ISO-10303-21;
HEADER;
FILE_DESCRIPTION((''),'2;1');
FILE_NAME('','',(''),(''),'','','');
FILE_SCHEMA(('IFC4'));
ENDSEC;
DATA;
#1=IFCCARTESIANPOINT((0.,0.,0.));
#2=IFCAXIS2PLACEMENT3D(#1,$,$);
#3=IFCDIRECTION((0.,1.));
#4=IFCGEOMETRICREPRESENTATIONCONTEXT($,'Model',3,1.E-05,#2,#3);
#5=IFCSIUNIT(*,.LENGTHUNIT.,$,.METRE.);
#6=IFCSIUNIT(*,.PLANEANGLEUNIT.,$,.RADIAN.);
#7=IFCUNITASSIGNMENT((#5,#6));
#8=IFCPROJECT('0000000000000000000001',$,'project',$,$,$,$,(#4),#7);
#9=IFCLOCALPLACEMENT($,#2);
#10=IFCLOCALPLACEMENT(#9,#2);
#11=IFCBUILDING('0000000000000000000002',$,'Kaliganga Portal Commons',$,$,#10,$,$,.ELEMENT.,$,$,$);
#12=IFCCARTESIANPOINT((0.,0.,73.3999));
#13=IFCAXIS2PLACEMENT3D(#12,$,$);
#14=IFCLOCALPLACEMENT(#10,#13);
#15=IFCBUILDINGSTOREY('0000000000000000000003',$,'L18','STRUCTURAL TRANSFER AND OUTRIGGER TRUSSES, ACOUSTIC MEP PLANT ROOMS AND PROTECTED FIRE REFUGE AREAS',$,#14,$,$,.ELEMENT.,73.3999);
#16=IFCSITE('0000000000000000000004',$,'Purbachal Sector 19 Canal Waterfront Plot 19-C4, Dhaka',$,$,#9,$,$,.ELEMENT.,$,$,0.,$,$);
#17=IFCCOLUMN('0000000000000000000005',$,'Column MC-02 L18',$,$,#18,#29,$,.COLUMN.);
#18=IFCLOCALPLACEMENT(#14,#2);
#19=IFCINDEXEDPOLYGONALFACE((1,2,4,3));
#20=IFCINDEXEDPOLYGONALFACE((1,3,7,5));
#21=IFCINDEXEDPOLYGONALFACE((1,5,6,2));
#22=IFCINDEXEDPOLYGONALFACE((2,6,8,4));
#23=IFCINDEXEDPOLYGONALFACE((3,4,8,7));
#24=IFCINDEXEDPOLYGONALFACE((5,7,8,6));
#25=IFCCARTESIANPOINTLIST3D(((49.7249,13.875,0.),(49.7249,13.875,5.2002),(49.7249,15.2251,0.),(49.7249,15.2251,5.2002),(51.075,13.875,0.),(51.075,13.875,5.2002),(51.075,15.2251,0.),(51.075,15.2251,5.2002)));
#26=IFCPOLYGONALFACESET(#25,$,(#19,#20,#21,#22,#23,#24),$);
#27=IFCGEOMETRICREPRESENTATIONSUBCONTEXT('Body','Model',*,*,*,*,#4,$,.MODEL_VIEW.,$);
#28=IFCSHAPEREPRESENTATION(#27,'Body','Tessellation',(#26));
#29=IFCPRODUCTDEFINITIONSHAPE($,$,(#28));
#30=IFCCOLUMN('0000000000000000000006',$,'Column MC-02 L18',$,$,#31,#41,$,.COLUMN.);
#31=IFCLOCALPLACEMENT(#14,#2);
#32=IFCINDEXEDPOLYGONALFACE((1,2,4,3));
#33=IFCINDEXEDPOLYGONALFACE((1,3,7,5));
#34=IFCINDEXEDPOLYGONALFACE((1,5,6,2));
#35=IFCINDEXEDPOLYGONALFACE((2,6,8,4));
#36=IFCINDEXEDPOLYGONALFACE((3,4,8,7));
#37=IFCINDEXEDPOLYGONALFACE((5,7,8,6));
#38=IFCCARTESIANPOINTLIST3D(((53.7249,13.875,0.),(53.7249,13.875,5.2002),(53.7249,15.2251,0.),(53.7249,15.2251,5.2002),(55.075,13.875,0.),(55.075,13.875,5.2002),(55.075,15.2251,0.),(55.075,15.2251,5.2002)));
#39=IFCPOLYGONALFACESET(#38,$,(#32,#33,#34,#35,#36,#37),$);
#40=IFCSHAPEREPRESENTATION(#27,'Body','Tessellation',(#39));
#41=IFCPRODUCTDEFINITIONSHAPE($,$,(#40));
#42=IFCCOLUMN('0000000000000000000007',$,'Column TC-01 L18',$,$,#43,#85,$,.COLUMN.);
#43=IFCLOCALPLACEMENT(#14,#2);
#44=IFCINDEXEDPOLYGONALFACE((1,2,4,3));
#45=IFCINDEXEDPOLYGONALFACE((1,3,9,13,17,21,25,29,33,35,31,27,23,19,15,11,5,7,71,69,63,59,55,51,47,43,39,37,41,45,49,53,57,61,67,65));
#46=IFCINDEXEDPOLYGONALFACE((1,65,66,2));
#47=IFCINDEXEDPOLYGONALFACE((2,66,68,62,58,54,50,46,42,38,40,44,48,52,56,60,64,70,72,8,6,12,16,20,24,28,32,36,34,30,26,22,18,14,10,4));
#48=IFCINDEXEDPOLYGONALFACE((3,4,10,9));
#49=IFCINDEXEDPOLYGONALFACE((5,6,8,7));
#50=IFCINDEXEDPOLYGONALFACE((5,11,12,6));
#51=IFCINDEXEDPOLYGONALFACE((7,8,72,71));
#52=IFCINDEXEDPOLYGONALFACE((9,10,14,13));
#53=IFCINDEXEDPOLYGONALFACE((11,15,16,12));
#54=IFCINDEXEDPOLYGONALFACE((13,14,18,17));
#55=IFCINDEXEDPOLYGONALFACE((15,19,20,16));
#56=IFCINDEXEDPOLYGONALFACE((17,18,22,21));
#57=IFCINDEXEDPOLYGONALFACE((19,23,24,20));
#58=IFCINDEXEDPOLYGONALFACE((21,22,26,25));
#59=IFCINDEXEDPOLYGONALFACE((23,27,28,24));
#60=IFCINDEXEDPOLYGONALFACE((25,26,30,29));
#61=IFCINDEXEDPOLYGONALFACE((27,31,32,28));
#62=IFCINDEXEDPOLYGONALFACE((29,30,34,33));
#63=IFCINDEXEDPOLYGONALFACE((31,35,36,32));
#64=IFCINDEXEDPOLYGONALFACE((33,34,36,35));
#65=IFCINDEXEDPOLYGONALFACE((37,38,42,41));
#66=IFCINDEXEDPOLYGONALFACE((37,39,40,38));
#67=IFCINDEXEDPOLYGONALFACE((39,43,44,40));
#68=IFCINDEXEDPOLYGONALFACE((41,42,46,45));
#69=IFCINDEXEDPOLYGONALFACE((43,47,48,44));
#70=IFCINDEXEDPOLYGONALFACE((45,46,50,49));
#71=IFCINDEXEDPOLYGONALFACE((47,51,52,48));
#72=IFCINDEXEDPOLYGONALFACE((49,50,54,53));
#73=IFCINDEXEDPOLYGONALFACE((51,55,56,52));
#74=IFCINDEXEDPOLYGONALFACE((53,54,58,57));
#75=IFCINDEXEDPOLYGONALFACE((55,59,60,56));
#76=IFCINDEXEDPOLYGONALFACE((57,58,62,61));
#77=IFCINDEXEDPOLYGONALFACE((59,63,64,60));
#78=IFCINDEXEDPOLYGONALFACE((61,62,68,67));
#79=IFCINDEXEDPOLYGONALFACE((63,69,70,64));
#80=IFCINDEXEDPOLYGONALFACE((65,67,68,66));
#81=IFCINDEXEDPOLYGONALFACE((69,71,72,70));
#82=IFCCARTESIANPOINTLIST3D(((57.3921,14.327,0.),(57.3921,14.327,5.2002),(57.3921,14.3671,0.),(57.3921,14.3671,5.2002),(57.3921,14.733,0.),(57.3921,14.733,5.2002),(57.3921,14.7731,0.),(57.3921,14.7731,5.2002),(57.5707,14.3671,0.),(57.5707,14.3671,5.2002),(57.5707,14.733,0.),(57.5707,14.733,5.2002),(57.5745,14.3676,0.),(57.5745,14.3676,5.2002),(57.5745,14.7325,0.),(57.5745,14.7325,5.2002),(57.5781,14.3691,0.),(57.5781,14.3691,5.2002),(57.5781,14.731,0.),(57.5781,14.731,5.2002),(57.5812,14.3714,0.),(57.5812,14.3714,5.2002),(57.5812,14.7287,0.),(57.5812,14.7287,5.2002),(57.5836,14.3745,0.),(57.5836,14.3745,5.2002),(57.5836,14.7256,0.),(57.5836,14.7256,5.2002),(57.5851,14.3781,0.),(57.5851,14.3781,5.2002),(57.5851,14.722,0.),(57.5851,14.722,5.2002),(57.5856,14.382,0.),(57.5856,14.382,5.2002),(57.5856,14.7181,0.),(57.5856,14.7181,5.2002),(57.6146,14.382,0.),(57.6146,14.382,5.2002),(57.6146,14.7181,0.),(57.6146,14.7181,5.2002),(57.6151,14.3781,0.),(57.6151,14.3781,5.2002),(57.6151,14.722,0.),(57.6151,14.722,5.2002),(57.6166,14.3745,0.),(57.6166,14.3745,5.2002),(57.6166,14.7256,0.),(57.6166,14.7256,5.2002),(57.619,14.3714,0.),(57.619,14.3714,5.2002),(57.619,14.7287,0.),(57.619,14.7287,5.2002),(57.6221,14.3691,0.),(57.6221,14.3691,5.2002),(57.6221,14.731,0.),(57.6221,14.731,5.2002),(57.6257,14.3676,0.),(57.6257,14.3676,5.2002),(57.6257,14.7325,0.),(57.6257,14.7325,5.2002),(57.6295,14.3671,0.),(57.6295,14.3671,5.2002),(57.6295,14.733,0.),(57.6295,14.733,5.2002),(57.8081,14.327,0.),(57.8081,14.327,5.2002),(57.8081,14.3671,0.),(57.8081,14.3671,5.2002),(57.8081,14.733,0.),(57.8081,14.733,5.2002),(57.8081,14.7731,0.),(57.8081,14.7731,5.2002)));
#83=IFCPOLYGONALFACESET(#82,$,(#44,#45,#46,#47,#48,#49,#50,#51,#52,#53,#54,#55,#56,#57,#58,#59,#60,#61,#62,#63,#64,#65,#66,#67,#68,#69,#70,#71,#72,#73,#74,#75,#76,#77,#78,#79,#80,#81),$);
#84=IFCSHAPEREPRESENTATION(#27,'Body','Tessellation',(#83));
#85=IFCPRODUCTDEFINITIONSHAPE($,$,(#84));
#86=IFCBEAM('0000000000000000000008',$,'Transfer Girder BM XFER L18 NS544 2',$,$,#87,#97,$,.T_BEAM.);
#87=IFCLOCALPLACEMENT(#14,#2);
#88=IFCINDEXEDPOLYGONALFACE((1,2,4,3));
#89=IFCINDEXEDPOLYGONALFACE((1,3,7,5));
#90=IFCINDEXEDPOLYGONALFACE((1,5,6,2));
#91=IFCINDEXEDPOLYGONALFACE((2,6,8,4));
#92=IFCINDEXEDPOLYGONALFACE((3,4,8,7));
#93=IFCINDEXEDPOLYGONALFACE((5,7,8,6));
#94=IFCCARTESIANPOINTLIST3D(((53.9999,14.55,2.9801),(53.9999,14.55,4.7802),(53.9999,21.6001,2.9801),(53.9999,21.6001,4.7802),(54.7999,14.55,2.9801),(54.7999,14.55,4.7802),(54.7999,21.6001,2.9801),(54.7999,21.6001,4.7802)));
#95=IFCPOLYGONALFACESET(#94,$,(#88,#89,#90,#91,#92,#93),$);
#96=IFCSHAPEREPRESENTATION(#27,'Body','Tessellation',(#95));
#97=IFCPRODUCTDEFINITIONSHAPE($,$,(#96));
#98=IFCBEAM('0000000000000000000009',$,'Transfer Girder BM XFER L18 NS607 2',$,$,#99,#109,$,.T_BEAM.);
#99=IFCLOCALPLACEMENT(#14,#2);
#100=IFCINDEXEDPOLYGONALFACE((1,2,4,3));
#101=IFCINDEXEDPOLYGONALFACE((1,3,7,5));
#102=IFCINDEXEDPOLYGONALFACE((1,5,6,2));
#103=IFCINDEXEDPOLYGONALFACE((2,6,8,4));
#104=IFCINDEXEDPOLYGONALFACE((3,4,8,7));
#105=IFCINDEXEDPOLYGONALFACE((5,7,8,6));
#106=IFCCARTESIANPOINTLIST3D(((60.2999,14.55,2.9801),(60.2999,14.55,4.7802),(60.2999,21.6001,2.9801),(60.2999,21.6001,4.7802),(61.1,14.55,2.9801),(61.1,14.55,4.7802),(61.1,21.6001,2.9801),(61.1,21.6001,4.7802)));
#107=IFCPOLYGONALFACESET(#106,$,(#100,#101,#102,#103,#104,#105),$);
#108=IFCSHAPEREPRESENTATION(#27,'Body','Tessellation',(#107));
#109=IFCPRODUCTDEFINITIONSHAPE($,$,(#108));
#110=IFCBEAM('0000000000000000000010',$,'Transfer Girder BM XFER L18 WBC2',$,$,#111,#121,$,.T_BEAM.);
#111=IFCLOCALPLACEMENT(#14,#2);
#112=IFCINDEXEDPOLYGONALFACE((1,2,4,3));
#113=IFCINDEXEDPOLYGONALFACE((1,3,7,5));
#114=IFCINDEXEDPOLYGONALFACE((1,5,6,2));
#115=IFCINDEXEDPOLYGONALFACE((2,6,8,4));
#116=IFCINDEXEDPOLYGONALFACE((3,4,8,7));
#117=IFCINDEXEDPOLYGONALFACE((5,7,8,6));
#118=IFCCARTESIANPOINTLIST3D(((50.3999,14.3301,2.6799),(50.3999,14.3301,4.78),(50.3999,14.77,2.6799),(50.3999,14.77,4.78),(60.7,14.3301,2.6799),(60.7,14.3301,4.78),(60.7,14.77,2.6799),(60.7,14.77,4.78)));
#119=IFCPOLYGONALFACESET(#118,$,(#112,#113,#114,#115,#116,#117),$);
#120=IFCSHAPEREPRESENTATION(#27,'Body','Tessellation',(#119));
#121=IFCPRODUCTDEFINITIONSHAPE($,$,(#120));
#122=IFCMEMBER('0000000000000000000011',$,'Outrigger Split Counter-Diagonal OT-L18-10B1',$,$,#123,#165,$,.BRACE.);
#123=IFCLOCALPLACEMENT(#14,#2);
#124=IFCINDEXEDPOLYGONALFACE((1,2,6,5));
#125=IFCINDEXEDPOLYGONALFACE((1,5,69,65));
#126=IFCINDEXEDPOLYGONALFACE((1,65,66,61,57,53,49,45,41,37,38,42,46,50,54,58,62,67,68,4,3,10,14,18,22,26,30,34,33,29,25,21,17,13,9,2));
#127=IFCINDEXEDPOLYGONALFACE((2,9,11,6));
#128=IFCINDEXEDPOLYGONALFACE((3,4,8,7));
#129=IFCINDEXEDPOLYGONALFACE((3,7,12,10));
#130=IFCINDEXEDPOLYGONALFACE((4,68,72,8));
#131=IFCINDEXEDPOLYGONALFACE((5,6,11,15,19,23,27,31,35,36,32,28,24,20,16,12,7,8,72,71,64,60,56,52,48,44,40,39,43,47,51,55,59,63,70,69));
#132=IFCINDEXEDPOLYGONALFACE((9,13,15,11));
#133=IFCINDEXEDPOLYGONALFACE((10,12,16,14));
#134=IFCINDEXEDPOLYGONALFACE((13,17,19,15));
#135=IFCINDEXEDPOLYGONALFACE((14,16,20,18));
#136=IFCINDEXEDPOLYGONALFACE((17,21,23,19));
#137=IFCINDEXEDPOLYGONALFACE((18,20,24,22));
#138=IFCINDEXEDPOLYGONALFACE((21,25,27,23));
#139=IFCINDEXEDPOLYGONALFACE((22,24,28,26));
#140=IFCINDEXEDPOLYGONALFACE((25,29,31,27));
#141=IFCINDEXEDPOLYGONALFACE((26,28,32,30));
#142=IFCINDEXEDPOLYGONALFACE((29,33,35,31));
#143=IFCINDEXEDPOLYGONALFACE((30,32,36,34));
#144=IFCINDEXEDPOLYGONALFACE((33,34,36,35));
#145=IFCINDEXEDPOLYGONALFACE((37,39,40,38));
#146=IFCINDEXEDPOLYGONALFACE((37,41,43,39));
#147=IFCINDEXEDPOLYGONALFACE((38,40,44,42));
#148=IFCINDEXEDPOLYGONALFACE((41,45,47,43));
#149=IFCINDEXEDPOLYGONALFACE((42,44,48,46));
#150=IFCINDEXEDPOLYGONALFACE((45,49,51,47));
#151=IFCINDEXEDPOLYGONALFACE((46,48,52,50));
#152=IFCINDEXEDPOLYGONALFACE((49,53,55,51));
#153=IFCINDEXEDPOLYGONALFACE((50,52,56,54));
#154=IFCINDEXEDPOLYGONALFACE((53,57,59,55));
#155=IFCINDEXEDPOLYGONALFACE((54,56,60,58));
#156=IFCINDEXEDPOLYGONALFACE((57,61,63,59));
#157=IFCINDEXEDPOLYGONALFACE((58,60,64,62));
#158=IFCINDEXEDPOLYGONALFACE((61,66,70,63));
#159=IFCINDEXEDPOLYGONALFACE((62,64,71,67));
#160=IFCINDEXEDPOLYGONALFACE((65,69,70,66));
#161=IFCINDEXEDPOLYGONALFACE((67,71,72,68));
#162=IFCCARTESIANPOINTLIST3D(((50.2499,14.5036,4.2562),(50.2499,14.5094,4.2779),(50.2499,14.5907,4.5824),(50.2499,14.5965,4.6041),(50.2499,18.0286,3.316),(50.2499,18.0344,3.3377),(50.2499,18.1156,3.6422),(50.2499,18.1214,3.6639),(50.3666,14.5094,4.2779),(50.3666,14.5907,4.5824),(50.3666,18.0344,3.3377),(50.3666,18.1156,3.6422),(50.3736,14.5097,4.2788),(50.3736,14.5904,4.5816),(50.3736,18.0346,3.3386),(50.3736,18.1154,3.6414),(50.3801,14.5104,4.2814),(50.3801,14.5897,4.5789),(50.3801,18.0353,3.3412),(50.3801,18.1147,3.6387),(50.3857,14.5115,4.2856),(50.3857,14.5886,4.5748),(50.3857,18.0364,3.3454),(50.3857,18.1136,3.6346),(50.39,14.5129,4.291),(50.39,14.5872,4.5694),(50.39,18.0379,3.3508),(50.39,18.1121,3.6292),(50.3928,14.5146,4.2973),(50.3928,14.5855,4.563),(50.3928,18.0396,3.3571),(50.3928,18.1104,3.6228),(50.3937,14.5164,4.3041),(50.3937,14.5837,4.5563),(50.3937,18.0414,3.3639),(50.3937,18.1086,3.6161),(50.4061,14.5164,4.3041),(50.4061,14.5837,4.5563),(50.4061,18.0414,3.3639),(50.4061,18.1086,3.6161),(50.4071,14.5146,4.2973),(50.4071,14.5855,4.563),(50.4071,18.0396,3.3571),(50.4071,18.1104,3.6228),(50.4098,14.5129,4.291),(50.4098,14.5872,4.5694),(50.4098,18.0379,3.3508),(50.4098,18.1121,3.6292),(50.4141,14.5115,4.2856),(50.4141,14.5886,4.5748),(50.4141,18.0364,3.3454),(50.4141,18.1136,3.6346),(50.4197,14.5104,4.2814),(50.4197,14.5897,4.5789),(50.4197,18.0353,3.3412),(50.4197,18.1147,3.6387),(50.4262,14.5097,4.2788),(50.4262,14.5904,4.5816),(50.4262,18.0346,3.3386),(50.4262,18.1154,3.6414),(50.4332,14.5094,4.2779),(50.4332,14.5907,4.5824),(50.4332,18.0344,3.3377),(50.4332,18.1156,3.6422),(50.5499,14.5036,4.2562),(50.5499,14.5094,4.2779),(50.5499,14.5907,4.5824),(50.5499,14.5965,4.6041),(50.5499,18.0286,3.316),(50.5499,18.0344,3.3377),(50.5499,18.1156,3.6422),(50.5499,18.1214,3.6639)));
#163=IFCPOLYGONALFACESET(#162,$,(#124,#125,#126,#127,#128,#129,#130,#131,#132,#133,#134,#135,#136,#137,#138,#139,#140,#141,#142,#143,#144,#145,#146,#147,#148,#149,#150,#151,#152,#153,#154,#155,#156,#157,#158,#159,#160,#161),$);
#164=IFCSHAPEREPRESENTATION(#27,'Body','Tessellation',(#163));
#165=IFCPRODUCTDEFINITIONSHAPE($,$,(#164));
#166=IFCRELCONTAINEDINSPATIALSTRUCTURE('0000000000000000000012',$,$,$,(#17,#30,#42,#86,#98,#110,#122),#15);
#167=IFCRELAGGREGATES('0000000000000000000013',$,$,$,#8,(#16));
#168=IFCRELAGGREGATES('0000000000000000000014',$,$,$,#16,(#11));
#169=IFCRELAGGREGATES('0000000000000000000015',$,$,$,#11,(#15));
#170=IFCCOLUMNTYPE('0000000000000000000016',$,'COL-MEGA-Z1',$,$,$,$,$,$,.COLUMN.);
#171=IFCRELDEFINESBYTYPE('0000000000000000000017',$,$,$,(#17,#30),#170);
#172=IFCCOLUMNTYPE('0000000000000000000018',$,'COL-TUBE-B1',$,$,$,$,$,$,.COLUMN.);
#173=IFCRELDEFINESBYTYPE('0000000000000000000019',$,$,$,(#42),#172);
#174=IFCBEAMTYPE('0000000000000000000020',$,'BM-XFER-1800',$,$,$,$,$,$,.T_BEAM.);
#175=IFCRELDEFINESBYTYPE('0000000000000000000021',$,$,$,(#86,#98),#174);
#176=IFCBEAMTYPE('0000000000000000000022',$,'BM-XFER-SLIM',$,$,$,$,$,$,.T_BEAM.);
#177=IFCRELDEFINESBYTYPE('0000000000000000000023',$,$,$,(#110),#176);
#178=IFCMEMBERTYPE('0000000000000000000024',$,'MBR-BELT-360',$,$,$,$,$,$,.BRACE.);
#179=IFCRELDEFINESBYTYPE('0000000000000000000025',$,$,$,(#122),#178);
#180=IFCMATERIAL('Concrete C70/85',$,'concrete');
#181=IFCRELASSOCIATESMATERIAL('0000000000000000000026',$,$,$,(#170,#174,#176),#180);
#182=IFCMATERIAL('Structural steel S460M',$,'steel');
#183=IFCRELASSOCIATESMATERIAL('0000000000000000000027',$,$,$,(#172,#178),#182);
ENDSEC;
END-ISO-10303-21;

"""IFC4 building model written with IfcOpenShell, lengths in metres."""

from ifc_helpers import new_model, si_unit, direction, frame, origin, origin_2d, place, context, subcontext, project, spatial, rectangle, i_section, extrude, source, transform, mapped, material, material_profile, profile_set, type_object, element, save


model = new_model("IFC4")

# Units and contexts
model_context = context("Model", 3, precision=1e-05, world=origin(), true_north=direction((0.0, 1.0)))
body_context = subcontext(model_context, "Body", "Model", "MODEL_VIEW")
ifc_project = project(units=[si_unit("LENGTHUNIT", "METRE"), si_unit("PLANEANGLEUNIT", "RADIAN")], contexts=[model_context])

# Site, building, storey
site_placement = place(None, origin())
site = spatial("IfcSite", under=ifc_project, at=site_placement, Name="Purbachal Sector 19 Canal Waterfront Plot 19-C4, Dhaka", CompositionType="ELEMENT", RefElevation=0.0)
building_placement = place(site_placement, origin())
building = spatial("IfcBuilding", under=site, at=building_placement, Name="Kaliganga Portal Commons", CompositionType="ELEMENT")
storey_placement = place(building_placement, frame((0.0, 0.0, 73.3999)))
storey = spatial("IfcBuildingStorey", under=building, at=storey_placement, Name="L18", Description="STRUCTURAL TRANSFER AND OUTRIGGER TRUSSES, ACOUSTIC MEP PLANT ROOMS AND PROTECTED FIRE REFUGE AREAS", CompositionType="ELEMENT", Elevation=73.3999)

# Columns
ifc_material_1 = material(Name="Concrete C70/85", Category="concrete")
ifc_material_profile_1 = material_profile(ifc_material_1, rectangle(XDim=1.3501, YDim=1.3501, at=origin_2d()), Name="RC 1350x1350")
ifc_profile_set_1 = profile_set([ifc_material_profile_1], Name="Concrete C70/85")
column_type_1 = type_object("IfcColumnType", Name="COL-MEGA-Z1", PredefinedType="COLUMN", material=ifc_profile_set_1)
shared_shape_1 = source(origin(), body_context, "Body", "SweptSolid", [
    extrude(rectangle(XDim=1.3501, YDim=1.3501, at=origin_2d()), origin(), (0.0, 0.0, 1.0), 5.2002),
])
for number, where, z_axis, x_axis, name in (
    (1, (50.3999, 14.55, 0.0), (0.0, 0.0, 1.0), (1.0, 0.0, 0.0), "Column MC-02 L18"),
    (2, (54.3999, 14.55, 0.0), (0.0, 0.0, 1.0), (1.0, 0.0, 0.0), "Column MC-02 L18"),
):
    element("IfcColumn", number, at=place(storey_placement, frame(where, z_axis=z_axis, x_axis=x_axis)), inside=storey, type_object=column_type_1, Name=name, PredefinedType="COLUMN", context=body_context, shape_type="MappedRepresentation", body=[
        mapped(shared_shape_1, transform((0.0, 0.0, 0.0), x_axis=(1.0, 0.0, 0.0), y_axis=(0.0, 1.0, 0.0), z_axis=(0.0, 0.0, 1.0), scale=1.0)),
    ])
ifc_material_2 = material(Name="Structural steel S460M", Category="steel")
ifc_material_profile_2 = material_profile(ifc_material_2, i_section(OverallWidth=0.416, OverallDepth=0.446, WebThickness=0.0291, FlangeThickness=0.04, FilletRadius=0.0149, at=origin_2d()), Name="HD 400x509")
ifc_profile_set_2 = profile_set([ifc_material_profile_2], Name="Structural steel S460M wide-flange")
column_type_2 = type_object("IfcColumnType", Name="COL-TUBE-B1", PredefinedType="COLUMN", material=ifc_profile_set_2)
shared_shape_2 = source(origin(), body_context, "Body", "SweptSolid", [
    extrude(i_section(OverallWidth=0.416, OverallDepth=0.446, WebThickness=0.0291, FlangeThickness=0.04, FilletRadius=0.0149, at=origin_2d()), origin(), (0.0, 0.0, 1.0), 5.2002),
])
column_placement = place(storey_placement, frame((57.6001, 14.55, 0.0), z_axis=(0.0, 0.0, 1.0), x_axis=(1.0, 0.0, 0.0)))
element("IfcColumn", 3, at=column_placement, inside=storey, type_object=column_type_2, Name="Column TC-01 L18", PredefinedType="COLUMN", context=body_context, shape_type="MappedRepresentation", body=[
    mapped(shared_shape_2, transform((0.0, 0.0, 0.0), x_axis=(1.0, 0.0, 0.0), y_axis=(0.0, 1.0, 0.0), z_axis=(0.0, 0.0, 1.0), scale=1.0)),
])

# Beams
ifc_material_profile_3 = material_profile(ifc_material_1, rectangle(XDim=0.8, YDim=1.8, at=origin_2d()), Name="RC 800x1800")
ifc_profile_set_3 = profile_set([ifc_material_profile_3], Name="Concrete C70/85")
beam_type_1 = type_object("IfcBeamType", Name="BM-XFER-1800", PredefinedType="T_BEAM", material=ifc_profile_set_3)
shared_shape_3 = source(origin(), body_context, "Body", "SweptSolid", [
    extrude(rectangle(XDim=0.8, YDim=1.8, at=origin_2d()), origin(), (0.0, 0.0, 1.0), 7.05),
])
for number, where, z_axis, x_axis, name in (
    (4, (54.3999, 14.55, 3.8801), (0.0, 1.0, 0.0), (-1.0, 0.0, 0.0), "Transfer Girder BM XFER L18 NS544 2"),
    (5, (60.7, 14.55, 3.8801), (0.0, 1.0, 0.0), (-1.0, 0.0, 0.0), "Transfer Girder BM XFER L18 NS607 2"),
):
    element("IfcBeam", number, at=place(storey_placement, frame(where, z_axis=z_axis, x_axis=x_axis)), inside=storey, type_object=beam_type_1, Name=name, PredefinedType="T_BEAM", context=body_context, shape_type="MappedRepresentation", body=[
        mapped(shared_shape_3, transform((0.0, 0.0, 0.0), x_axis=(1.0, 0.0, 0.0), y_axis=(0.0, 1.0, 0.0), z_axis=(0.0, 0.0, 1.0), scale=1.0)),
    ])
ifc_material_profile_4 = material_profile(ifc_material_1, rectangle(XDim=0.4399, YDim=2.1001, at=origin_2d()), Name="RC 440x2100")
ifc_profile_set_4 = profile_set([ifc_material_profile_4], Name="Concrete C70/85")
beam_type_2 = type_object("IfcBeamType", Name="BM-XFER-SLIM", PredefinedType="T_BEAM", material=ifc_profile_set_4)
shared_shape_4 = source(origin(), body_context, "Body", "SweptSolid", [
    extrude(rectangle(XDim=0.4399, YDim=2.1001, at=origin_2d()), origin(), (0.0, 0.0, 1.0), 10.3),
])
beam_placement = place(storey_placement, frame((50.3999, 14.55, 3.73), z_axis=(1.0, 0.0, 0.0), x_axis=(0.0, 1.0, 0.0)))
element("IfcBeam", 6, at=beam_placement, inside=storey, type_object=beam_type_2, Name="Transfer Girder BM XFER L18 WBC2", PredefinedType="T_BEAM", context=body_context, shape_type="MappedRepresentation", body=[
    mapped(shared_shape_4, transform((0.0, 0.0, 0.0), x_axis=(1.0, 0.0, 0.0), y_axis=(0.0, 1.0, 0.0), z_axis=(0.0, 0.0, 1.0), scale=1.0)),
])

# Member
ifc_material_profile_5 = material_profile(ifc_material_2, i_section(OverallWidth=0.3, OverallDepth=0.3601, WebThickness=0.0125, FlangeThickness=0.0225, FilletRadius=0.0271, at=origin_2d()), Name="HE 360 B")
ifc_profile_set_5 = profile_set([ifc_material_profile_5], Name="Structural steel S460M wide-flange")
member_type_1 = type_object("IfcMemberType", Name="MBR-BELT-360", PredefinedType="BRACE", material=ifc_profile_set_5)
shared_shape_5 = source(origin(), body_context, "Body", "SweptSolid", [
    extrude(i_section(OverallWidth=0.3, OverallDepth=0.3601, WebThickness=0.0125, FlangeThickness=0.0225, FilletRadius=0.0271, at=origin_2d()), origin(), (0.0, 0.0, 1.0), 3.6482),
])
for number, where, z_axis, x_axis, name in (
    (7, (50.3999, 14.55, 4.4302), (0.0, 0.96622, -0.257717), (-1.0, 0.0, 0.0), "Outrigger Split Counter-Diagonal OT-L18-10B1"),
):
    element("IfcMember", number, at=place(storey_placement, frame(where, z_axis=z_axis, x_axis=x_axis)), inside=storey, type_object=member_type_1, Name=name, PredefinedType="BRACE", context=body_context, shape_type="MappedRepresentation", body=[
        mapped(shared_shape_5, transform((0.0, 0.0, 0.0), x_axis=(1.0, 0.0, 0.0), y_axis=(0.0, 1.0, 0.0), z_axis=(0.0, 0.0, 1.0), scale=1.0)),
    ])

save(model, "model.ifc")
